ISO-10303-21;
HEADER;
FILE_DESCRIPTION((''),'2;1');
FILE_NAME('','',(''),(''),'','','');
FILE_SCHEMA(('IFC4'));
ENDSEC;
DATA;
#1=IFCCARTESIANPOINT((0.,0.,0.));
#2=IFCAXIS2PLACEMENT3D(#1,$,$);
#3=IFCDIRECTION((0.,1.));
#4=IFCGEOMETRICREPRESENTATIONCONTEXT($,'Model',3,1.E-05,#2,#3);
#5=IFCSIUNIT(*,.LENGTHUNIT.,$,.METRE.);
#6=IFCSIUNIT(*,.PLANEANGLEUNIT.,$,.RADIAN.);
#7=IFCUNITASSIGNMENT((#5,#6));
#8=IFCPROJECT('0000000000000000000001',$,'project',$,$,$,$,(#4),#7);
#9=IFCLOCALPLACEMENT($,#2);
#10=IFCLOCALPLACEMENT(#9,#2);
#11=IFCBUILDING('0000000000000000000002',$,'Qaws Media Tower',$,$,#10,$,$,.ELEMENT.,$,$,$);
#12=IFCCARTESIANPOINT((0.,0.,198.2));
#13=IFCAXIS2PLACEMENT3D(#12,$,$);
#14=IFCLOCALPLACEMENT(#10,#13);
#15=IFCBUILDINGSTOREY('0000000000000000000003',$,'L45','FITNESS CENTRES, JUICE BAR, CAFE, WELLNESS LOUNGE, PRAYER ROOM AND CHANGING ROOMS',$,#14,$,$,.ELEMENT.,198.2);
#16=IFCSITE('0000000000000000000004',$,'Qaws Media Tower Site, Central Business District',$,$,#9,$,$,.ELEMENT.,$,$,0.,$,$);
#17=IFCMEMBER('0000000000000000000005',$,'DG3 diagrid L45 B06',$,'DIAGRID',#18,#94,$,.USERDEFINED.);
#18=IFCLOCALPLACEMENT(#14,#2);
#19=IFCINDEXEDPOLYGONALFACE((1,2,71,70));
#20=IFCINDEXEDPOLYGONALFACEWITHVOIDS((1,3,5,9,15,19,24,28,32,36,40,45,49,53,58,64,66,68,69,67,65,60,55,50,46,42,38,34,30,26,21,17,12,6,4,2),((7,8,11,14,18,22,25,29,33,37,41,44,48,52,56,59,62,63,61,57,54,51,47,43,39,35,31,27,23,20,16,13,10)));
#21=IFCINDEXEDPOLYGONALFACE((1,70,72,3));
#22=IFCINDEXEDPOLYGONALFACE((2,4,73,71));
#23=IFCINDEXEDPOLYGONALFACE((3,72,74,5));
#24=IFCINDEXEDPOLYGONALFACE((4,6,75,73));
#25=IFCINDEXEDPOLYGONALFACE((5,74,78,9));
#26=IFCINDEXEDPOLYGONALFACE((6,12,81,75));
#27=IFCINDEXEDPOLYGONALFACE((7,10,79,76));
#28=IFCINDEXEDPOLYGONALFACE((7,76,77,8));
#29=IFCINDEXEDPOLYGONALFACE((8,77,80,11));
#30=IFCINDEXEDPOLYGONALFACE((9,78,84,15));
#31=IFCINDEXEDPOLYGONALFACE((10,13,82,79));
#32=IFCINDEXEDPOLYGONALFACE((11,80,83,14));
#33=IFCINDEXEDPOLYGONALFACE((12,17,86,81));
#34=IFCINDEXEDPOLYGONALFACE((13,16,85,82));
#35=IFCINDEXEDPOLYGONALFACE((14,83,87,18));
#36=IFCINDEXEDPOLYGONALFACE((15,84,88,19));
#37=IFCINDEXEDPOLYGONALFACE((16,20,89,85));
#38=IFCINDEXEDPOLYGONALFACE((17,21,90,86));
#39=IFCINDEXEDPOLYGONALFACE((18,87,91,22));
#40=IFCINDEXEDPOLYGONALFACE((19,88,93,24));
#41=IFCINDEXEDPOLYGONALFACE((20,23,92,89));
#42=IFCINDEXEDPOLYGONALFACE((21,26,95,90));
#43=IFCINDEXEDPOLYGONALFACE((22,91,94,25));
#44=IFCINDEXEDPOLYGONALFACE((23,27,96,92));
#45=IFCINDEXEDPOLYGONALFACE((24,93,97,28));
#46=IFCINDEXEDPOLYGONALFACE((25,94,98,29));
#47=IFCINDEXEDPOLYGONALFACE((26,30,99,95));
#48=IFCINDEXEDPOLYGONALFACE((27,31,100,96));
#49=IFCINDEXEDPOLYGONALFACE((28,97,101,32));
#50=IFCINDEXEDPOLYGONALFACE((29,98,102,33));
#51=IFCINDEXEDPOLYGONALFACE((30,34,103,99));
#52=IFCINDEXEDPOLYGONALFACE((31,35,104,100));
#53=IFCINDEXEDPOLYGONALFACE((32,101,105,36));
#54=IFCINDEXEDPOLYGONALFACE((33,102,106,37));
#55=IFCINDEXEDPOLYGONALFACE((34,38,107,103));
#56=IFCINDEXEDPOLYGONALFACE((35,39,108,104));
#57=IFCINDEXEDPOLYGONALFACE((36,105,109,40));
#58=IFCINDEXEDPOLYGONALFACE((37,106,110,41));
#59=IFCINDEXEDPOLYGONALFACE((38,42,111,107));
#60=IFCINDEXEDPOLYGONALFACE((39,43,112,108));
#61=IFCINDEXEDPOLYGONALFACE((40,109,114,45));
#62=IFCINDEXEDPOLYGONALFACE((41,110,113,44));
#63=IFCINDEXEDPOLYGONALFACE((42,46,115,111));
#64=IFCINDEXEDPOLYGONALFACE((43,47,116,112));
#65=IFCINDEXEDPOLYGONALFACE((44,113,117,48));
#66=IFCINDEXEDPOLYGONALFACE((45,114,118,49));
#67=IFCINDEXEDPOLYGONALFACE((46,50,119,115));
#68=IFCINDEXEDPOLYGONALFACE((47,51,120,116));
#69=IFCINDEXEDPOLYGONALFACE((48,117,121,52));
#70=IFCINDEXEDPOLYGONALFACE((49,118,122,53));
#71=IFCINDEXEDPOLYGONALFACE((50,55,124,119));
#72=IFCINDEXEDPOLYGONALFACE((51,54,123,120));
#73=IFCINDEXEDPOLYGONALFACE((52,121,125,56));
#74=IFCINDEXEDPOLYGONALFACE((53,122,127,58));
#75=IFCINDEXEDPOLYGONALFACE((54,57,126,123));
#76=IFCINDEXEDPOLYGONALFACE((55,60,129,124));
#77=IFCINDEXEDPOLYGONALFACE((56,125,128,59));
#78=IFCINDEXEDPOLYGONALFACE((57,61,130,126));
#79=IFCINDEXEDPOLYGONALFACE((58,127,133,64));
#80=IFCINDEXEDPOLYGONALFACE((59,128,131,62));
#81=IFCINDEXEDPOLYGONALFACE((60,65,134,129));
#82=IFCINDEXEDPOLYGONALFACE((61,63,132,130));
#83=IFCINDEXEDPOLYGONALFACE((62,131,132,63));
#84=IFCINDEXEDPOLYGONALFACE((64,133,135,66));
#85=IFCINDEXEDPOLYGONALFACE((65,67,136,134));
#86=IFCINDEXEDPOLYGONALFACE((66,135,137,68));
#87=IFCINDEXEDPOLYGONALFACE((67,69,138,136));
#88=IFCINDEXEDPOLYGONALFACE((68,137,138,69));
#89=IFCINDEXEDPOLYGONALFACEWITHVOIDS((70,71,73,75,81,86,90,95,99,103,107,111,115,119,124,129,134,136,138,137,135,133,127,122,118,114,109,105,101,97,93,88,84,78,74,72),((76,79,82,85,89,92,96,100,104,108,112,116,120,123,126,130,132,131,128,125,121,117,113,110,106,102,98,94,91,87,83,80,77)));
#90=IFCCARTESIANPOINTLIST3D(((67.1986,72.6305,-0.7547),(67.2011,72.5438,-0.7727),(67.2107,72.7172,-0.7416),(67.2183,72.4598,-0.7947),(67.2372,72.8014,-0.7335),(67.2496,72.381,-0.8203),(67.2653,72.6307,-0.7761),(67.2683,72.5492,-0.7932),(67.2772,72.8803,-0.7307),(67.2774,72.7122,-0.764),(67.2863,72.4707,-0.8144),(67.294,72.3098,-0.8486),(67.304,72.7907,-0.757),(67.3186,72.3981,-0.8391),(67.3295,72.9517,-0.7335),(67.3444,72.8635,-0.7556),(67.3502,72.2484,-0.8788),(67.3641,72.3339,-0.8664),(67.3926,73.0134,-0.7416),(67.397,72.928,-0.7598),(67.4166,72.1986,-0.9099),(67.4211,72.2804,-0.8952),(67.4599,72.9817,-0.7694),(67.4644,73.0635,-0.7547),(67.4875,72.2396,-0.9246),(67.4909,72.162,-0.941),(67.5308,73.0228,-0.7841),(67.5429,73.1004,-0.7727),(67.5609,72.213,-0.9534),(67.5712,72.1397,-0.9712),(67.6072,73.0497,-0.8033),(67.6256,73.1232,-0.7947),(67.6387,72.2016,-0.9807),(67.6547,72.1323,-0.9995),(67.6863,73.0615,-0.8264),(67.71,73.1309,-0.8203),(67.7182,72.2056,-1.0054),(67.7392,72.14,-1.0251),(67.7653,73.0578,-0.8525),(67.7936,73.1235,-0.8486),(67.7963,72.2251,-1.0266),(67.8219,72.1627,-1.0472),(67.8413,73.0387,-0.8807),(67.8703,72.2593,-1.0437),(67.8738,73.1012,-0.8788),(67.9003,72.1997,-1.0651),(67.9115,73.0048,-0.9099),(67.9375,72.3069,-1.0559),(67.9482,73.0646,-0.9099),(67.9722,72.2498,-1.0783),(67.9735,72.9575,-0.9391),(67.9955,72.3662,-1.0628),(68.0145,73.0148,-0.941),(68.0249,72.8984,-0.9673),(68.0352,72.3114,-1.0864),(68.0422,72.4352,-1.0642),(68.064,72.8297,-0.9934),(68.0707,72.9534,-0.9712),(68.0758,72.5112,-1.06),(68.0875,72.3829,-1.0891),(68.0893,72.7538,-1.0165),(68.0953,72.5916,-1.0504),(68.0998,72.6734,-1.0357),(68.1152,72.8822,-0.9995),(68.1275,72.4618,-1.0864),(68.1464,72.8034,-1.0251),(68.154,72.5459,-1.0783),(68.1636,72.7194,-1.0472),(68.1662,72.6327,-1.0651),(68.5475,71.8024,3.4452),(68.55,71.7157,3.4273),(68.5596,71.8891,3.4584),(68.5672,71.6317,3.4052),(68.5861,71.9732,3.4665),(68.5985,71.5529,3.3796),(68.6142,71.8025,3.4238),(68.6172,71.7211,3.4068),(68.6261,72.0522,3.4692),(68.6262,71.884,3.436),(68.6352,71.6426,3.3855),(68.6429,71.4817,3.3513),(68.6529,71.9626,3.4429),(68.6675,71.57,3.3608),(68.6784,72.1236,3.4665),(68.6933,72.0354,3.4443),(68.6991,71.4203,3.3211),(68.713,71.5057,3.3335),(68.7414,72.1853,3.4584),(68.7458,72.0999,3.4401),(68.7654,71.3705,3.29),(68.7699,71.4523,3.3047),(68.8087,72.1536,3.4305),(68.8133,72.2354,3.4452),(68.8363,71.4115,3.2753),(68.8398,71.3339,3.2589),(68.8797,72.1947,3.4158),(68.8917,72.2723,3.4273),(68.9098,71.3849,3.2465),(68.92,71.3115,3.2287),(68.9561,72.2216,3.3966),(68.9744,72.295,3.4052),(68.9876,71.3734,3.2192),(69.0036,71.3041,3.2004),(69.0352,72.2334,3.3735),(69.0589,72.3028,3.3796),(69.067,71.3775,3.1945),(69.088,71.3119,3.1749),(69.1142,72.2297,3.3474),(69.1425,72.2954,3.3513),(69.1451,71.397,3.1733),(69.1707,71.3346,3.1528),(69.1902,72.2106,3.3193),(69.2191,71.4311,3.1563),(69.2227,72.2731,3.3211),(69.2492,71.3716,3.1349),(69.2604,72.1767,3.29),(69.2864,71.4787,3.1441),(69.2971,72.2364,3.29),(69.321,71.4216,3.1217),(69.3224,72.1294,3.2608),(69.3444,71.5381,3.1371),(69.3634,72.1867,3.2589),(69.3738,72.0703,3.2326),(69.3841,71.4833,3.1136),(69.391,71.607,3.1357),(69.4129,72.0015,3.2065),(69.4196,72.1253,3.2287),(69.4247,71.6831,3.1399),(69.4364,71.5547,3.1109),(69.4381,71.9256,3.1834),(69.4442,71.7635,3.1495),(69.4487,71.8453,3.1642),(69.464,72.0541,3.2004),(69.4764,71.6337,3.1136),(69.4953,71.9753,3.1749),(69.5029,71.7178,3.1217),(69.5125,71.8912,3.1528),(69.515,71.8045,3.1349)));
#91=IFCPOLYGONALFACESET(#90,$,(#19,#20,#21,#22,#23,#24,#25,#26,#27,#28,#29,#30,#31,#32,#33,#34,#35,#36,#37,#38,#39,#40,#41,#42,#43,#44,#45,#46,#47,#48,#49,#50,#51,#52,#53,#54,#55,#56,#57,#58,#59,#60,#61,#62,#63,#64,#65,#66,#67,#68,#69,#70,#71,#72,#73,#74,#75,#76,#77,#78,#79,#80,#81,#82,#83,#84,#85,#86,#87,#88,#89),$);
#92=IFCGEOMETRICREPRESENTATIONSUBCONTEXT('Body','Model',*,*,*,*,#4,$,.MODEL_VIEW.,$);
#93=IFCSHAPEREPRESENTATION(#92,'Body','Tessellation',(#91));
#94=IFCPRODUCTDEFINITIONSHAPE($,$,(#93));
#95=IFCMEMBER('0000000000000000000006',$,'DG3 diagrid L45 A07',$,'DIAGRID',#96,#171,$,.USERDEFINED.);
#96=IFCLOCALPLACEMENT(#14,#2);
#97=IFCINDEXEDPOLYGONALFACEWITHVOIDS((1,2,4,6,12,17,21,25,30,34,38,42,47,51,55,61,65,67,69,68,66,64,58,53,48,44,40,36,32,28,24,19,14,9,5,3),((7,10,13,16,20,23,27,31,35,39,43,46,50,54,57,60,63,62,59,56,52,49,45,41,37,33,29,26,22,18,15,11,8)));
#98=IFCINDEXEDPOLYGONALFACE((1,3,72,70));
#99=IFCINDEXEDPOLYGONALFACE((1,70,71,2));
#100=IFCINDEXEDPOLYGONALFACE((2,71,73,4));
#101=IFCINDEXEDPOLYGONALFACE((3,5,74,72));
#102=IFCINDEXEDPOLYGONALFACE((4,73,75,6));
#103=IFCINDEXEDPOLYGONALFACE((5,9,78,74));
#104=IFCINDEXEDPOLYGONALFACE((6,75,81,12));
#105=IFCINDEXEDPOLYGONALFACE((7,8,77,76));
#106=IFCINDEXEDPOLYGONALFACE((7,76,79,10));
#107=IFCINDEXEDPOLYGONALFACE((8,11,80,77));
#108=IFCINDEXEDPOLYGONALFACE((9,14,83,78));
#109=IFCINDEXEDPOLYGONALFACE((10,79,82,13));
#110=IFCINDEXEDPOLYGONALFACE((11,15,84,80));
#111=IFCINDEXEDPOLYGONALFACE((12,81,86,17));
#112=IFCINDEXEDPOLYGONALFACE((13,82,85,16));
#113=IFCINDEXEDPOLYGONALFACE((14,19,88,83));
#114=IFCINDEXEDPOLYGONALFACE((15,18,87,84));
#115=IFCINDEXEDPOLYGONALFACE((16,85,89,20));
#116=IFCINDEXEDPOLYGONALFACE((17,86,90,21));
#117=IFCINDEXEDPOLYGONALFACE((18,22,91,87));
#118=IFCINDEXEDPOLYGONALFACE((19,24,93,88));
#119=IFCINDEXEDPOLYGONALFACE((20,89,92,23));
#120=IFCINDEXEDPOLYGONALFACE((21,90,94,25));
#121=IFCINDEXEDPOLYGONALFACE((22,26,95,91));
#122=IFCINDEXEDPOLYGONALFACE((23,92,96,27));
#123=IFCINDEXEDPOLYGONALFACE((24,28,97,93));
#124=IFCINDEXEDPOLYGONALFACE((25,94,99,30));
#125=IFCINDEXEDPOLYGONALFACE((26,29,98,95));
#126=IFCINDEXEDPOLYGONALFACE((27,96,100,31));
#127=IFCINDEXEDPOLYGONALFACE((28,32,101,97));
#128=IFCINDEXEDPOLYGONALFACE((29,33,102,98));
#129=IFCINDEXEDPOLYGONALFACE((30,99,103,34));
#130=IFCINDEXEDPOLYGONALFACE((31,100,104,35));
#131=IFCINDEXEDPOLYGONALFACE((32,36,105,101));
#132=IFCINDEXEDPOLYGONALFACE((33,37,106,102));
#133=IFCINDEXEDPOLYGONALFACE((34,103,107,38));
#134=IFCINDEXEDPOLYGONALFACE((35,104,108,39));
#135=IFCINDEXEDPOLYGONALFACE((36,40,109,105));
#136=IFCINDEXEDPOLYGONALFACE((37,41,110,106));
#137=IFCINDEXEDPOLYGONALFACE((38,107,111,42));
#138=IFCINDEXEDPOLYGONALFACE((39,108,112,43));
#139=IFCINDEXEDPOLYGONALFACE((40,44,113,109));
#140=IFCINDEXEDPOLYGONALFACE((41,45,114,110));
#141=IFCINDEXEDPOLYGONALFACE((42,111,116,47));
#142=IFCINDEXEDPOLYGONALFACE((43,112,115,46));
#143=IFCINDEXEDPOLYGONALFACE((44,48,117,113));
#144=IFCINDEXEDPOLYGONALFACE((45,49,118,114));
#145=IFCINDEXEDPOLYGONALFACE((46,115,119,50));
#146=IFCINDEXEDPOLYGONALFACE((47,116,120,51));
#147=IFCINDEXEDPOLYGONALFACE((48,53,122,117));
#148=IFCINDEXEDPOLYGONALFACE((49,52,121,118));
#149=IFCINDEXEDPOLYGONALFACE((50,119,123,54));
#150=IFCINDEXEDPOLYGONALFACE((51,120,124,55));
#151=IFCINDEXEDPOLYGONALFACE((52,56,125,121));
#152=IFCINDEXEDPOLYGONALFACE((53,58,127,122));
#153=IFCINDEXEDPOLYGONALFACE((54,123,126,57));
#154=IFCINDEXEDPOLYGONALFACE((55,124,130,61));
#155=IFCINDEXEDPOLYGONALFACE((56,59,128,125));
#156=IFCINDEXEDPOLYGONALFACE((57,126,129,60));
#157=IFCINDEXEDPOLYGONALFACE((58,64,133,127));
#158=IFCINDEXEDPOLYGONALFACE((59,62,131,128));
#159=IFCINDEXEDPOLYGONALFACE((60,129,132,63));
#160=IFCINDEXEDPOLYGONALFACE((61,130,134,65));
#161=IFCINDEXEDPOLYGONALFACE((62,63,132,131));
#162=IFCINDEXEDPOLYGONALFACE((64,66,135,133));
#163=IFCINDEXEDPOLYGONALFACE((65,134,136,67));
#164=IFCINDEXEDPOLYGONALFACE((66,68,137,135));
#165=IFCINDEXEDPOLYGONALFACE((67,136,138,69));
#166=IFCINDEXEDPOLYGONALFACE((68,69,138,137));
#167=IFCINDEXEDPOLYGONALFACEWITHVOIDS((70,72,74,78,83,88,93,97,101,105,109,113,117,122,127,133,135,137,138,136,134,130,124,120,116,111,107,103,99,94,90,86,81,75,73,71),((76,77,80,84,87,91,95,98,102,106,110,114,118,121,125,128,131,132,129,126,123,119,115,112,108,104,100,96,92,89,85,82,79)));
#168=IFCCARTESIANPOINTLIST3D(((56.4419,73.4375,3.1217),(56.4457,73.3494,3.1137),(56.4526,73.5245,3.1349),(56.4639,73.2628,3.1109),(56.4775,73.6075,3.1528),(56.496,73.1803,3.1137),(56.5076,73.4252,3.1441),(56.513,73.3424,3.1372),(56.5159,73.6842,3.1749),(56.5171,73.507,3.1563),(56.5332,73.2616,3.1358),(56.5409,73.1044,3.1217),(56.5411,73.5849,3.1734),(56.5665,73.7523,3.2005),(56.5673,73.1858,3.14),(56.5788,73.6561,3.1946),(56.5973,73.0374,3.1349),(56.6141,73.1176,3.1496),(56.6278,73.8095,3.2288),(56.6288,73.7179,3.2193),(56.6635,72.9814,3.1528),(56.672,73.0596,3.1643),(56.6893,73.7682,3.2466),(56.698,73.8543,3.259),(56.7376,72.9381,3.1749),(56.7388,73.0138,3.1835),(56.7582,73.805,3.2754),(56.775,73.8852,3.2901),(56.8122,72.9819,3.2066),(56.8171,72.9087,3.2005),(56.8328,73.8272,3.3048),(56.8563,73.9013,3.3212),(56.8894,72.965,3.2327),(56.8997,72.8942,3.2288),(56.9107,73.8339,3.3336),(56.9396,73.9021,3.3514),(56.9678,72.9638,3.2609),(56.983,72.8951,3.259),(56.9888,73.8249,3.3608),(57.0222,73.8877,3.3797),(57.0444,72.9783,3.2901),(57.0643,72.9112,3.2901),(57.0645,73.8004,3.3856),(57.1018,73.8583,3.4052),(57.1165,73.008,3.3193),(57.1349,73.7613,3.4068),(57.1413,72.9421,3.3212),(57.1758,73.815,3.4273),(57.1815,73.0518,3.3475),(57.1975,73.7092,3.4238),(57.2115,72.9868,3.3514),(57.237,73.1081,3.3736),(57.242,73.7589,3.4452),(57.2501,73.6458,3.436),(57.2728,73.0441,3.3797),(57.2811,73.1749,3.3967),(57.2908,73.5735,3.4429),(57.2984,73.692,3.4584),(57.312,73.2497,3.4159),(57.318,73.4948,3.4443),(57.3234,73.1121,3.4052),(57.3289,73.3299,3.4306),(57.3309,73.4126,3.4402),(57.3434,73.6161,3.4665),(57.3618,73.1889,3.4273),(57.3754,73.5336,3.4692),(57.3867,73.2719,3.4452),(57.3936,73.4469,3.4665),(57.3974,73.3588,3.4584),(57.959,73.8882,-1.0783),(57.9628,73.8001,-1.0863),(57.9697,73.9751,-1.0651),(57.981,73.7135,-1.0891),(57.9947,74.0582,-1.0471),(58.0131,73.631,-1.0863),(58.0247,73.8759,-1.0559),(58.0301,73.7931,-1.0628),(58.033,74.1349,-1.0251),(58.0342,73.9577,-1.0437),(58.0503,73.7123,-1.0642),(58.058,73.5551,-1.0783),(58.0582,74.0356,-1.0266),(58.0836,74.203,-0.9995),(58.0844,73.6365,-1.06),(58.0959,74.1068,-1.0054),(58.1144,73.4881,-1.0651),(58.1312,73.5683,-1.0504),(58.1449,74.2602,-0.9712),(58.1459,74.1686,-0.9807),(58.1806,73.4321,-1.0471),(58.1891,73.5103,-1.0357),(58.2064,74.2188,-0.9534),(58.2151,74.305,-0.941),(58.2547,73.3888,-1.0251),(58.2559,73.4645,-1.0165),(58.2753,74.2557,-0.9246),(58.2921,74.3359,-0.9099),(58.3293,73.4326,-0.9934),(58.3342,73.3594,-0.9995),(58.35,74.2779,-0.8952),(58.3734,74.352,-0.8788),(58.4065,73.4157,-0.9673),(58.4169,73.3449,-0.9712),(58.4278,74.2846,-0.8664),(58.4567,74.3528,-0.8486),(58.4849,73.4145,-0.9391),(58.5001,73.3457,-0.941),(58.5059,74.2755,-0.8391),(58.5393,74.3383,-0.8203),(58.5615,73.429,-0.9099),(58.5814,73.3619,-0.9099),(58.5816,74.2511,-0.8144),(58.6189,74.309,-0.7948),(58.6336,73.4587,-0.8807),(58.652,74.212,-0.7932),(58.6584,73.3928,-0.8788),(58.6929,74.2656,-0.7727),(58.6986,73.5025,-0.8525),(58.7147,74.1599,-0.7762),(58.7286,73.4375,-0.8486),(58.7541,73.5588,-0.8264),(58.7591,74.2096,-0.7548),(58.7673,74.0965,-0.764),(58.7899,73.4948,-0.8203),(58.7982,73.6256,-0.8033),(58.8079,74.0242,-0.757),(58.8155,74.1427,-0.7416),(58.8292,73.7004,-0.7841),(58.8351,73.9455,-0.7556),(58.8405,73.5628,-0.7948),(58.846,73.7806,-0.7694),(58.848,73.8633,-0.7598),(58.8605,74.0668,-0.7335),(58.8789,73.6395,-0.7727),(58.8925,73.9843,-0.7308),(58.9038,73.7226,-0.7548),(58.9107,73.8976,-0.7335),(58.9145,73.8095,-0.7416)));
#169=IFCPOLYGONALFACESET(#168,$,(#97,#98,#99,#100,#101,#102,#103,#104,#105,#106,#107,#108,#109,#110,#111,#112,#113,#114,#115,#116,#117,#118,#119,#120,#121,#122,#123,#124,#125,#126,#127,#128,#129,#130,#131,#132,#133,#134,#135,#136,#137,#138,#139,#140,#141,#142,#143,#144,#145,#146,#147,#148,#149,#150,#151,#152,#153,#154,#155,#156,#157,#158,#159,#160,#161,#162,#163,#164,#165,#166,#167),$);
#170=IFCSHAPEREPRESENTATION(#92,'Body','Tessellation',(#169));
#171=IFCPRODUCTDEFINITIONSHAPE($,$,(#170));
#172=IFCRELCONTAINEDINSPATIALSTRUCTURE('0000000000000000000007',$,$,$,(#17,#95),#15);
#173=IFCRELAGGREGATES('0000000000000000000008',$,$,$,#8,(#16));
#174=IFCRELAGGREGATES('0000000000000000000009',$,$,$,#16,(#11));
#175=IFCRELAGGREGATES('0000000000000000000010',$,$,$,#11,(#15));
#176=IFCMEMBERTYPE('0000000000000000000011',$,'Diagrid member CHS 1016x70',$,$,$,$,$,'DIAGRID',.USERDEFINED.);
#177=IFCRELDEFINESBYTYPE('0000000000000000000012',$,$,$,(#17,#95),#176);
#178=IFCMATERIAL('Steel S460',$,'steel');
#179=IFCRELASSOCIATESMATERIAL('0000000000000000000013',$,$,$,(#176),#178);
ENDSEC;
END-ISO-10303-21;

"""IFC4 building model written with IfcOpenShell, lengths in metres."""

from ifc_helpers import new_model, si_unit, direction, frame, origin, origin_2d, place, context, subcontext, project, spatial, hollow_circle, extrude, material, material_profile, profile_set, type_object, element, save


model = new_model("IFC4")

# Units and contexts
model_context = context("Model", 3, precision=1e-05, world=origin(), true_north=direction((0.0, 1.0)))
body_context = subcontext(model_context, "Body", "Model", "MODEL_VIEW")
ifc_project = project(units=[si_unit("LENGTHUNIT", "METRE"), si_unit("PLANEANGLEUNIT", "RADIAN")], contexts=[model_context])

# Site, building, storey
site_placement = place(None, origin())
site = spatial("IfcSite", under=ifc_project, at=site_placement, Name="Qaws Media Tower Site, Central Business District", CompositionType="ELEMENT", RefElevation=0.0)
building_placement = place(site_placement, origin())
building = spatial("IfcBuilding", under=site, at=building_placement, Name="Qaws Media Tower", CompositionType="ELEMENT")
storey_placement = place(building_placement, frame((0.0, 0.0, 198.2)))
storey = spatial("IfcBuildingStorey", under=building, at=storey_placement, Name="L45", Description="FITNESS CENTRES, JUICE BAR, CAFE, WELLNESS LOUNGE, PRAYER ROOM AND CHANGING ROOMS", CompositionType="ELEMENT", Elevation=198.2)

# Members
ifc_material_1 = material(Name="Steel S460", Category="steel")
ifc_material_profile_1 = material_profile(ifc_material_1, hollow_circle(Radius=0.5081, WallThickness=0.0701, at=origin_2d()), Name="CHS 1016x70")
ifc_profile_set_1 = profile_set([ifc_material_profile_1], Name="Steel S460")
member_type_1 = type_object("IfcMemberType", Name="Diagrid member CHS 1016x70", ElementType="DIAGRID", PredefinedType="USERDEFINED", material=ifc_profile_set_1)
for number, where, z_axis, x_axis, name in (
    (1, (67.6824, 72.6316, -0.9099), (0.300532, -0.184507, 0.935755), (0.523202, 0.852209, 0.0), "DG3 diagrid L45 B06"),
    (2, (58.4368, 73.8489, -0.9099), (-0.338015, -0.100414, 0.935769), (0.284771, -0.958596, 0.0), "DG3 diagrid L45 A07"),
):
    element("IfcMember", number, at=place(storey_placement, frame(where, z_axis=z_axis, x_axis=x_axis)), inside=storey, type_object=member_type_1, Name=name, ObjectType="DIAGRID", PredefinedType="USERDEFINED", context=body_context, shape_type="SweptSolid", body=[
        extrude(hollow_circle(Radius=0.5081, WallThickness=0.0701, at=origin_2d()), origin(), (0.0, 0.0, 1.0), 4.4883),
    ])

save(model, "model.ifc")
